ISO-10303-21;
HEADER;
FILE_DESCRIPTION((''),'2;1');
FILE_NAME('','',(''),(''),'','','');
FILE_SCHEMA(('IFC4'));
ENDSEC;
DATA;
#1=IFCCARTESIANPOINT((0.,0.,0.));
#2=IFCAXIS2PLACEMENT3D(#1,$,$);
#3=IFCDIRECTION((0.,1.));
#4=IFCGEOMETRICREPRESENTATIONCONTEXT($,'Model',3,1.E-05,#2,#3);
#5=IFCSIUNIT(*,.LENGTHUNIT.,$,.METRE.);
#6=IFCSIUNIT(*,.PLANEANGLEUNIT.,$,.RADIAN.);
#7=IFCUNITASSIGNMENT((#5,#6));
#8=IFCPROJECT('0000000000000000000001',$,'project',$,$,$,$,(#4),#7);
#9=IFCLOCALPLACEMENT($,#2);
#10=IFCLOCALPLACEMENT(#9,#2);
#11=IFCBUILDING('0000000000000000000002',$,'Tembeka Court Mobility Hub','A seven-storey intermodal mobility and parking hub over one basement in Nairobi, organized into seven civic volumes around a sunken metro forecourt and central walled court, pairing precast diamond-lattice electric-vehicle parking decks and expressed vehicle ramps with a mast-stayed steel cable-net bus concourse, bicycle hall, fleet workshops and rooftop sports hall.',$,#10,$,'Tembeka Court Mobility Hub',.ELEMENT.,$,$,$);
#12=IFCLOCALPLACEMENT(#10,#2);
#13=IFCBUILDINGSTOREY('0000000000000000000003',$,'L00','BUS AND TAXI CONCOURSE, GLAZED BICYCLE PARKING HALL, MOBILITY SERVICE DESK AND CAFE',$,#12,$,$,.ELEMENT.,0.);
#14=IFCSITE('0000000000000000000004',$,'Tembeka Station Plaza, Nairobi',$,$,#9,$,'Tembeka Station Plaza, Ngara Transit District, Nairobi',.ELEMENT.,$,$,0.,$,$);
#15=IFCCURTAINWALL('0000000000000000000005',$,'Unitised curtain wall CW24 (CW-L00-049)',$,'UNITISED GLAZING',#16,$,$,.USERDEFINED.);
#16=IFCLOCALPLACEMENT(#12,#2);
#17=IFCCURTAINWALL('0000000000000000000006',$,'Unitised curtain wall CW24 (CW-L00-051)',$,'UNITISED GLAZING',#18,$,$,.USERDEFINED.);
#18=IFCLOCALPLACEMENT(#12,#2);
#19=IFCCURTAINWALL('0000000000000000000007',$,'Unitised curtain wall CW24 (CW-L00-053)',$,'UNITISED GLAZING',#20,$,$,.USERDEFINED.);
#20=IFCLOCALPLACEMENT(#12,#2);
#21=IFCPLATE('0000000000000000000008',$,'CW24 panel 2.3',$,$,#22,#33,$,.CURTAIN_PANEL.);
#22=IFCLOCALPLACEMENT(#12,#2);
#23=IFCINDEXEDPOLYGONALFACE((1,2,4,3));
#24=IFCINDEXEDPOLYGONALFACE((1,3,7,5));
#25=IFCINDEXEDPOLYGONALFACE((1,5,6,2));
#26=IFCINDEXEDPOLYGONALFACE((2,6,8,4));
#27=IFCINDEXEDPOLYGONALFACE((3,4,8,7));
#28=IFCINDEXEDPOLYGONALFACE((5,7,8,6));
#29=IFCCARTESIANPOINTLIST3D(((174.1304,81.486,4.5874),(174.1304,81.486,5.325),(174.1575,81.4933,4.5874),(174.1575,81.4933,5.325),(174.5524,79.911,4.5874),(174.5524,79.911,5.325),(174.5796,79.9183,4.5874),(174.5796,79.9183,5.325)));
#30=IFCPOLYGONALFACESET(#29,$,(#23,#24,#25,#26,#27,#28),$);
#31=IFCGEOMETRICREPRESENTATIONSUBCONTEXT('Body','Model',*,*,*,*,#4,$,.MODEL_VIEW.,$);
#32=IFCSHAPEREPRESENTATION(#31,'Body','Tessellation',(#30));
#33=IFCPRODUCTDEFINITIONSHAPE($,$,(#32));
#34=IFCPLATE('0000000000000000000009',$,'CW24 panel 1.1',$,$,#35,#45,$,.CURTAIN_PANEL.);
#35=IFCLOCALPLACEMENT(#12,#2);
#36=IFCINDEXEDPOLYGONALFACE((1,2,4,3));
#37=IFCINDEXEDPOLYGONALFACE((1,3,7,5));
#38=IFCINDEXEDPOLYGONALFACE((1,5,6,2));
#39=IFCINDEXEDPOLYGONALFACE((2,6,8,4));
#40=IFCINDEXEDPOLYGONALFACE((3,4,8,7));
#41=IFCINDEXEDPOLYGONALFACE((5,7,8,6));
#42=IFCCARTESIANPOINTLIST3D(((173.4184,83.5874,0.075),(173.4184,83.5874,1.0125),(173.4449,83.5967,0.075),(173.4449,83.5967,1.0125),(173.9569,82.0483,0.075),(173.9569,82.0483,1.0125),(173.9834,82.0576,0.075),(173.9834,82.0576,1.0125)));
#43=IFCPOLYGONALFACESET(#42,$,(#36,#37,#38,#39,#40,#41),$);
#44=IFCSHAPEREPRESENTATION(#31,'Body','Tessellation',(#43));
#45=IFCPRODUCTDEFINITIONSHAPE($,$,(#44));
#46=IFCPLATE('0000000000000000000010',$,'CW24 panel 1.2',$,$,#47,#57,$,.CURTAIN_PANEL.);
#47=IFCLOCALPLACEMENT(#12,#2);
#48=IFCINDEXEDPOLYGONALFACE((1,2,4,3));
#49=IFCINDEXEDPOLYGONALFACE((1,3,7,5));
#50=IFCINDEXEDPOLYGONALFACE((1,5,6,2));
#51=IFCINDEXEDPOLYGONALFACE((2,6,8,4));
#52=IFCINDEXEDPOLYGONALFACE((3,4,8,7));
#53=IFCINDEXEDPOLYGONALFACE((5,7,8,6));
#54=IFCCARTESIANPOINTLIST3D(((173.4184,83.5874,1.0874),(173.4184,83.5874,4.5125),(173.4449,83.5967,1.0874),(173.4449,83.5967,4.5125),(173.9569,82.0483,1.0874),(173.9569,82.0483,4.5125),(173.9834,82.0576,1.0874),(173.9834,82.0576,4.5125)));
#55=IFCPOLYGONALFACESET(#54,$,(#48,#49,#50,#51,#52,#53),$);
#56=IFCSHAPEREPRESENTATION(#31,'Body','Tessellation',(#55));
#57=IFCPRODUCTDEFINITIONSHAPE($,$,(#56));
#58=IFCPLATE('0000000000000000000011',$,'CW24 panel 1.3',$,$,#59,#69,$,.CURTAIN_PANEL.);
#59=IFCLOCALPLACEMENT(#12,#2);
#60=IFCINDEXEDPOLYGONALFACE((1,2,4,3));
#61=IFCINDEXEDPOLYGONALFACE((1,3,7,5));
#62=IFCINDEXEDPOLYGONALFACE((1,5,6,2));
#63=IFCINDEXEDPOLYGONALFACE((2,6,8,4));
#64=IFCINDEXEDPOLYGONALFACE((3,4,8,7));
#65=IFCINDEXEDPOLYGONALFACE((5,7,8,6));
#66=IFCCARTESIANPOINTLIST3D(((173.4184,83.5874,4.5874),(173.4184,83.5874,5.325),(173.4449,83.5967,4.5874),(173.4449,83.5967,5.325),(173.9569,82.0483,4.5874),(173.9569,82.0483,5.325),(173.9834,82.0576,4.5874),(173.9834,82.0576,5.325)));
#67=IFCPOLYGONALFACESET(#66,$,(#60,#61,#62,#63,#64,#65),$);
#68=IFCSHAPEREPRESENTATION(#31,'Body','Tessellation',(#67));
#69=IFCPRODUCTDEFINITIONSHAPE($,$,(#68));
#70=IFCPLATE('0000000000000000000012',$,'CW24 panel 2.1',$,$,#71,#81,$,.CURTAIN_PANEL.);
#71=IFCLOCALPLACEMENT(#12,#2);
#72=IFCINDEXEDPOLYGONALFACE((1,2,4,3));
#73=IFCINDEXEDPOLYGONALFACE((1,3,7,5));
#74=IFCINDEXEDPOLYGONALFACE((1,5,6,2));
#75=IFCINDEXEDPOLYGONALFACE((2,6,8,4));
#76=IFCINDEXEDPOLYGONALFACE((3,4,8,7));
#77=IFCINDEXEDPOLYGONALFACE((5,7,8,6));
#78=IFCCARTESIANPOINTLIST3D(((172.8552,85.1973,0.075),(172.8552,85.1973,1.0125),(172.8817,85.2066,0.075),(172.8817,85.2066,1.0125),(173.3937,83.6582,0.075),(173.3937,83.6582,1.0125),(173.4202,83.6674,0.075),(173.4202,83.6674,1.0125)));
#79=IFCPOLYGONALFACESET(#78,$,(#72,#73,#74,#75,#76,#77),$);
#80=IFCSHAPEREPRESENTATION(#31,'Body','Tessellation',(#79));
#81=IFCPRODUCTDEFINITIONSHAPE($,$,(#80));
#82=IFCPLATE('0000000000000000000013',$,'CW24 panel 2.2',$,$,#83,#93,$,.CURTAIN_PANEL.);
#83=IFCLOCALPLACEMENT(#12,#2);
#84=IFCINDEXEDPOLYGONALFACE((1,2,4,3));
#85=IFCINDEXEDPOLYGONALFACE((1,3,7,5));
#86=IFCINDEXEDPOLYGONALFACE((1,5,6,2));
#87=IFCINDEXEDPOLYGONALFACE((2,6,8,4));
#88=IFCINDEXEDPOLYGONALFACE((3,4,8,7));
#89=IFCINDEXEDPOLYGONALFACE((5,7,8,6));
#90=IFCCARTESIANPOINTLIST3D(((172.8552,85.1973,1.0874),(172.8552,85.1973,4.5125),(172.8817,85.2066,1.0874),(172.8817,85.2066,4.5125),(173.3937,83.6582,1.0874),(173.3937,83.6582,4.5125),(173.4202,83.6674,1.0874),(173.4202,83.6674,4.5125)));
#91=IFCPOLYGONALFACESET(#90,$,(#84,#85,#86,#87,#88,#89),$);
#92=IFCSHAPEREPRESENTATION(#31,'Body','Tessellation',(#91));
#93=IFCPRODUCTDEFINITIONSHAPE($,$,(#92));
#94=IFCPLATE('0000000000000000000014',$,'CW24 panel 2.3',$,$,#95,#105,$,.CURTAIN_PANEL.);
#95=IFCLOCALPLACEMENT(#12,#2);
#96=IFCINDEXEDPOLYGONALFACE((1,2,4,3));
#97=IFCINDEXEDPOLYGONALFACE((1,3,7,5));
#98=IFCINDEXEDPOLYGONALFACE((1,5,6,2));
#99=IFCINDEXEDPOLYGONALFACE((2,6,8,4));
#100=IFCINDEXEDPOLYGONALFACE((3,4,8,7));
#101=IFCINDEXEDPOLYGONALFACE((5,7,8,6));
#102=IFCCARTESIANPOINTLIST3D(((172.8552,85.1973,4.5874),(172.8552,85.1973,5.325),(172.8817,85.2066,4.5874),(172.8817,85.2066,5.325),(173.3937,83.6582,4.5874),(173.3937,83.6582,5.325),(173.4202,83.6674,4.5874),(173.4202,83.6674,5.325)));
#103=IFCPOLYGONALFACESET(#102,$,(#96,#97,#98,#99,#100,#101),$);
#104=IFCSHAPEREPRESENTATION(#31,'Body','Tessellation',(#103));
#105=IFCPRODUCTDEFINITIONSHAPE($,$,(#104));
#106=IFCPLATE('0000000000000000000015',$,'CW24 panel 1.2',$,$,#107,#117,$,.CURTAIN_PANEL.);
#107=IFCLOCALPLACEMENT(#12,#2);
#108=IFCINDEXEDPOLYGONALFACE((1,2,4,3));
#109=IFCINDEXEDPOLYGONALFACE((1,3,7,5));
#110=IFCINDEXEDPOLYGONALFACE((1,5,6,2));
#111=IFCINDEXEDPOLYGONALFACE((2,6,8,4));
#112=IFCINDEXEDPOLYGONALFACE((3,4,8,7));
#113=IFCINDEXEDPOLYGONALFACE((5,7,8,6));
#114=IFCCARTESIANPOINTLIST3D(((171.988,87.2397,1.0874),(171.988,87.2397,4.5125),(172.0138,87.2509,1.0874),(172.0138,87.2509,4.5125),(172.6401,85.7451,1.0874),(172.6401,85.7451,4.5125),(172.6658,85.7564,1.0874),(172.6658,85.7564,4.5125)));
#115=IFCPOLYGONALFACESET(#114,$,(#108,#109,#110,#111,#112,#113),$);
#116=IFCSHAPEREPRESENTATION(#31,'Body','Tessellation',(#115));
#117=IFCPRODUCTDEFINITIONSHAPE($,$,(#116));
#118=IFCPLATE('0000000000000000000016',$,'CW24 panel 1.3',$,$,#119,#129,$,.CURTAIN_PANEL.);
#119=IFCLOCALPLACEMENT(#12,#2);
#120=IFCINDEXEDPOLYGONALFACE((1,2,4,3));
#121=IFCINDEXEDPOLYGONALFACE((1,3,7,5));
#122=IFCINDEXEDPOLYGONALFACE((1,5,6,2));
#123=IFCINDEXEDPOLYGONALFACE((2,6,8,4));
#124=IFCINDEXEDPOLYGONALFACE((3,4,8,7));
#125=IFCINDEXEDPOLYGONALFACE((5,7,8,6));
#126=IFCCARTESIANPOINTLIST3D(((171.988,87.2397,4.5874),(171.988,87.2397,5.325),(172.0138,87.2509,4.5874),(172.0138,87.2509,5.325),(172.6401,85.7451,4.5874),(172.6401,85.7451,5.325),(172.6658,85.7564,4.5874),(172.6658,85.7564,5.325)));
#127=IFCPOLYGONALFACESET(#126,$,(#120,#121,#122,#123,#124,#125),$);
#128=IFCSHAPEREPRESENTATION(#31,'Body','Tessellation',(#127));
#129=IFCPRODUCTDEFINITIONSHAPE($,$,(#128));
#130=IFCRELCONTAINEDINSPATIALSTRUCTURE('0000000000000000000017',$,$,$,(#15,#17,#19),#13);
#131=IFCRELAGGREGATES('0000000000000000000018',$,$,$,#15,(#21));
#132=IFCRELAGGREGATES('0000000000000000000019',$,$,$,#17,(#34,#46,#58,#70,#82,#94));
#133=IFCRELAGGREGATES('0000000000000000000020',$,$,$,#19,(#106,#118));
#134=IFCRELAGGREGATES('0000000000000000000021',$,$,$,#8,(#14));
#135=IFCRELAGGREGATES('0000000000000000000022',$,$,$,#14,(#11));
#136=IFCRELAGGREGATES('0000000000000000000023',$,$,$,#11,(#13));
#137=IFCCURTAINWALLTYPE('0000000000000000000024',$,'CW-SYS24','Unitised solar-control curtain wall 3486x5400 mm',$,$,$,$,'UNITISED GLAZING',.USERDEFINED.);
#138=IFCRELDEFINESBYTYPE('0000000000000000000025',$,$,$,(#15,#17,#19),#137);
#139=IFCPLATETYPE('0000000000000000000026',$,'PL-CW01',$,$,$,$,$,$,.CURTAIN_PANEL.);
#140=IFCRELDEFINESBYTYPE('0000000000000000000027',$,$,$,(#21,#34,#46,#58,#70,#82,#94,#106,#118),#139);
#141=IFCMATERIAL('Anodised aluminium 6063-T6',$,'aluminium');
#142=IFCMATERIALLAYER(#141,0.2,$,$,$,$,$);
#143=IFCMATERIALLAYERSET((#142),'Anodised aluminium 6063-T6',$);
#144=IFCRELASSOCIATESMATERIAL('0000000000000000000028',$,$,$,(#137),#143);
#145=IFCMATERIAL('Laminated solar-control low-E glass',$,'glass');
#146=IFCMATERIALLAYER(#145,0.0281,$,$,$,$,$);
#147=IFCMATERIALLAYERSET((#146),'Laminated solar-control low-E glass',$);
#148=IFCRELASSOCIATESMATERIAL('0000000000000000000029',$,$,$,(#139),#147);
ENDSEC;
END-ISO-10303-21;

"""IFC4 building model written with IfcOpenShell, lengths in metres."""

from ifc_helpers import new_model, si_unit, direction, frame, origin, origin_2d, place, context, subcontext, project, spatial, rectangle, extrude, material, layer, layer_set, type_object, element, aggregate, save


model = new_model("IFC4")

# Units and contexts
model_context = context("Model", 3, precision=1e-05, world=origin(), true_north=direction((0.0, 1.0)))
body_context = subcontext(model_context, "Body", "Model", "MODEL_VIEW")
ifc_project = project(units=[si_unit("LENGTHUNIT", "METRE"), si_unit("PLANEANGLEUNIT", "RADIAN")], contexts=[model_context])

# Site, building, storey
site_placement = place(None, origin())
site = spatial("IfcSite", under=ifc_project, at=site_placement, Name="Tembeka Station Plaza, Nairobi", LongName="Tembeka Station Plaza, Ngara Transit District, Nairobi", CompositionType="ELEMENT", RefElevation=0.0)
building_placement = place(site_placement, origin())
building = spatial("IfcBuilding", under=site, at=building_placement, Name="Tembeka Court Mobility Hub", Description="A seven-storey intermodal mobility and parking hub over one basement in Nairobi, organized into seven civic volumes around a sunken metro forecourt and central walled court, pairing precast diamond-lattice electric-vehicle parking decks and expressed vehicle ramps with a mast-stayed steel cable-net bus concourse, bicycle hall, fleet workshops and rooftop sports hall.", LongName="Tembeka Court Mobility Hub", CompositionType="ELEMENT")
storey_placement = place(building_placement, origin())
storey = spatial("IfcBuildingStorey", under=building, at=storey_placement, Name="L00", Description="BUS AND TAXI CONCOURSE, GLAZED BICYCLE PARKING HALL, MOBILITY SERVICE DESK AND CAFE", CompositionType="ELEMENT", Elevation=0.0)

# Curtain wall
ifc_material_1 = material(Name="Anodised aluminium 6063-T6", Category="aluminium")
ifc_layer_1 = layer(ifc_material_1, 0.2)
ifc_layer_set_1 = layer_set([ifc_layer_1], Name="Anodised aluminium 6063-T6")
curtain_wall_type = type_object("IfcCurtainWallType", Name="CW-SYS24", Description="Unitised solar-control curtain wall 3486x5400 mm", ElementType="UNITISED GLAZING", PredefinedType="USERDEFINED", material=ifc_layer_set_1)
curtain_wall_1_placement = place(storey_placement, origin())
curtain_wall_1 = element("IfcCurtainWall", 1, at=curtain_wall_1_placement, inside=storey, type_object=curtain_wall_type, Name="Unitised curtain wall CW24 (CW-L00-049)", ObjectType="UNITISED GLAZING", PredefinedType="USERDEFINED")

# Curtain wall
curtain_wall_2_placement = place(storey_placement, origin())
curtain_wall_2 = element("IfcCurtainWall", 2, at=curtain_wall_2_placement, inside=storey, type_object=curtain_wall_type, Name="Unitised curtain wall CW24 (CW-L00-051)", ObjectType="UNITISED GLAZING", PredefinedType="USERDEFINED")

# Curtain wall
curtain_wall_3_placement = place(storey_placement, origin())
curtain_wall_3 = element("IfcCurtainWall", 3, at=curtain_wall_3_placement, inside=storey, type_object=curtain_wall_type, Name="Unitised curtain wall CW24 (CW-L00-053)", ObjectType="UNITISED GLAZING", PredefinedType="USERDEFINED")

# Plates
ifc_material_2 = material(Name="Laminated solar-control low-E glass", Category="glass")
ifc_layer_2 = layer(ifc_material_2, 0.0281)
ifc_layer_set_2 = layer_set([ifc_layer_2], Name="Laminated solar-control low-E glass")
plate_type = type_object("IfcPlateType", Name="PL-CW01", PredefinedType="CURTAIN_PANEL", material=ifc_layer_set_2)
plate_1_placement = place(storey_placement, frame((174.355, 80.7021, 4.5874), z_axis=(0.0, 0.0, 1.0), x_axis=(-0.258828, 0.965923, 0.0)))
plate_1 = element("IfcPlate", 4, at=plate_1_placement, type_object=plate_type, Name="CW24 panel 2.3", PredefinedType="CURTAIN_PANEL", context=body_context, shape_type="SweptSolid", body=[
    extrude(rectangle(XDim=1.6306, YDim=0.0281, at=origin_2d()), origin(), (0.0, 0.0, 1.0), 0.7375),
])
aggregate(curtain_wall_1, [plate_1])
plate_2_placement = place(storey_placement, frame((173.7009, 82.8225, 0.075), z_axis=(0.0, 0.0, 1.0), x_axis=(-0.330264, 0.943889, 0.0)))
plate_2 = element("IfcPlate", 5, at=plate_2_placement, type_object=plate_type, Name="CW24 panel 1.1", PredefinedType="CURTAIN_PANEL", context=body_context, shape_type="SweptSolid", body=[
    extrude(rectangle(XDim=1.6306, YDim=0.0281, at=origin_2d()), origin(), (0.0, 0.0, 1.0), 0.9375),
])
plate_3_placement = place(storey_placement, frame((173.7009, 82.8225, 1.0874), z_axis=(0.0, 0.0, 1.0), x_axis=(-0.330264, 0.943889, 0.0)))
plate_3 = element("IfcPlate", 6, at=plate_3_placement, type_object=plate_type, Name="CW24 panel 1.2", PredefinedType="CURTAIN_PANEL", context=body_context, shape_type="SweptSolid", body=[
    extrude(rectangle(XDim=1.6306, YDim=0.0281, at=origin_2d()), origin(), (0.0, 0.0, 1.0), 3.425),
])
plate_4_placement = place(storey_placement, frame((173.7009, 82.8225, 4.5874), z_axis=(0.0, 0.0, 1.0), x_axis=(-0.330264, 0.943889, 0.0)))
plate_4 = element("IfcPlate", 7, at=plate_4_placement, type_object=plate_type, Name="CW24 panel 1.3", PredefinedType="CURTAIN_PANEL", context=body_context, shape_type="SweptSolid", body=[
    extrude(rectangle(XDim=1.6306, YDim=0.0281, at=origin_2d()), origin(), (0.0, 0.0, 1.0), 0.7375),
])
plate_5_placement = place(storey_placement, frame((173.1377, 84.4324, 0.075), z_axis=(0.0, 0.0, 1.0), x_axis=(-0.330264, 0.943889, 0.0)))
plate_5 = element("IfcPlate", 8, at=plate_5_placement, type_object=plate_type, Name="CW24 panel 2.1", PredefinedType="CURTAIN_PANEL", context=body_context, shape_type="SweptSolid", body=[
    extrude(rectangle(XDim=1.6306, YDim=0.0281, at=origin_2d()), origin(), (0.0, 0.0, 1.0), 0.9375),
])
plate_6_placement = place(storey_placement, frame((173.1377, 84.4324, 1.0874), z_axis=(0.0, 0.0, 1.0), x_axis=(-0.330264, 0.943889, 0.0)))
plate_6 = element("IfcPlate", 9, at=plate_6_placement, type_object=plate_type, Name="CW24 panel 2.2", PredefinedType="CURTAIN_PANEL", context=body_context, shape_type="SweptSolid", body=[
    extrude(rectangle(XDim=1.6306, YDim=0.0281, at=origin_2d()), origin(), (0.0, 0.0, 1.0), 3.425),
])
plate_7_placement = place(storey_placement, frame((173.1377, 84.4324, 4.5874), z_axis=(0.0, 0.0, 1.0), x_axis=(-0.330264, 0.943889, 0.0)))
plate_7 = element("IfcPlate", 10, at=plate_7_placement, type_object=plate_type, Name="CW24 panel 2.3", PredefinedType="CURTAIN_PANEL", context=body_context, shape_type="SweptSolid", body=[
    extrude(rectangle(XDim=1.6306, YDim=0.0281, at=origin_2d()), origin(), (0.0, 0.0, 1.0), 0.7375),
])
aggregate(curtain_wall_2, [plate_2, plate_3, plate_4, plate_5, plate_6, plate_7])
plate_8_placement = place(storey_placement, frame((172.3269, 86.498, 1.0874), z_axis=(0.0, 0.0, 1.0), x_axis=(-0.399869, 0.916572, 0.0)))
plate_8 = element("IfcPlate", 11, at=plate_8_placement, type_object=plate_type, Name="CW24 panel 1.2", PredefinedType="CURTAIN_PANEL", context=body_context, shape_type="SweptSolid", body=[
    extrude(rectangle(XDim=1.6306, YDim=0.0281, at=origin_2d()), origin(), (0.0, 0.0, 1.0), 3.425),
])
plate_9_placement = place(storey_placement, frame((172.3269, 86.498, 4.5874), z_axis=(0.0, 0.0, 1.0), x_axis=(-0.399869, 0.916572, 0.0)))
plate_9 = element("IfcPlate", 12, at=plate_9_placement, type_object=plate_type, Name="CW24 panel 1.3", PredefinedType="CURTAIN_PANEL", context=body_context, shape_type="SweptSolid", body=[
    extrude(rectangle(XDim=1.6306, YDim=0.0281, at=origin_2d()), origin(), (0.0, 0.0, 1.0), 0.7375),
])
aggregate(curtain_wall_3, [plate_8, plate_9])

save(model, "model.ifc")
